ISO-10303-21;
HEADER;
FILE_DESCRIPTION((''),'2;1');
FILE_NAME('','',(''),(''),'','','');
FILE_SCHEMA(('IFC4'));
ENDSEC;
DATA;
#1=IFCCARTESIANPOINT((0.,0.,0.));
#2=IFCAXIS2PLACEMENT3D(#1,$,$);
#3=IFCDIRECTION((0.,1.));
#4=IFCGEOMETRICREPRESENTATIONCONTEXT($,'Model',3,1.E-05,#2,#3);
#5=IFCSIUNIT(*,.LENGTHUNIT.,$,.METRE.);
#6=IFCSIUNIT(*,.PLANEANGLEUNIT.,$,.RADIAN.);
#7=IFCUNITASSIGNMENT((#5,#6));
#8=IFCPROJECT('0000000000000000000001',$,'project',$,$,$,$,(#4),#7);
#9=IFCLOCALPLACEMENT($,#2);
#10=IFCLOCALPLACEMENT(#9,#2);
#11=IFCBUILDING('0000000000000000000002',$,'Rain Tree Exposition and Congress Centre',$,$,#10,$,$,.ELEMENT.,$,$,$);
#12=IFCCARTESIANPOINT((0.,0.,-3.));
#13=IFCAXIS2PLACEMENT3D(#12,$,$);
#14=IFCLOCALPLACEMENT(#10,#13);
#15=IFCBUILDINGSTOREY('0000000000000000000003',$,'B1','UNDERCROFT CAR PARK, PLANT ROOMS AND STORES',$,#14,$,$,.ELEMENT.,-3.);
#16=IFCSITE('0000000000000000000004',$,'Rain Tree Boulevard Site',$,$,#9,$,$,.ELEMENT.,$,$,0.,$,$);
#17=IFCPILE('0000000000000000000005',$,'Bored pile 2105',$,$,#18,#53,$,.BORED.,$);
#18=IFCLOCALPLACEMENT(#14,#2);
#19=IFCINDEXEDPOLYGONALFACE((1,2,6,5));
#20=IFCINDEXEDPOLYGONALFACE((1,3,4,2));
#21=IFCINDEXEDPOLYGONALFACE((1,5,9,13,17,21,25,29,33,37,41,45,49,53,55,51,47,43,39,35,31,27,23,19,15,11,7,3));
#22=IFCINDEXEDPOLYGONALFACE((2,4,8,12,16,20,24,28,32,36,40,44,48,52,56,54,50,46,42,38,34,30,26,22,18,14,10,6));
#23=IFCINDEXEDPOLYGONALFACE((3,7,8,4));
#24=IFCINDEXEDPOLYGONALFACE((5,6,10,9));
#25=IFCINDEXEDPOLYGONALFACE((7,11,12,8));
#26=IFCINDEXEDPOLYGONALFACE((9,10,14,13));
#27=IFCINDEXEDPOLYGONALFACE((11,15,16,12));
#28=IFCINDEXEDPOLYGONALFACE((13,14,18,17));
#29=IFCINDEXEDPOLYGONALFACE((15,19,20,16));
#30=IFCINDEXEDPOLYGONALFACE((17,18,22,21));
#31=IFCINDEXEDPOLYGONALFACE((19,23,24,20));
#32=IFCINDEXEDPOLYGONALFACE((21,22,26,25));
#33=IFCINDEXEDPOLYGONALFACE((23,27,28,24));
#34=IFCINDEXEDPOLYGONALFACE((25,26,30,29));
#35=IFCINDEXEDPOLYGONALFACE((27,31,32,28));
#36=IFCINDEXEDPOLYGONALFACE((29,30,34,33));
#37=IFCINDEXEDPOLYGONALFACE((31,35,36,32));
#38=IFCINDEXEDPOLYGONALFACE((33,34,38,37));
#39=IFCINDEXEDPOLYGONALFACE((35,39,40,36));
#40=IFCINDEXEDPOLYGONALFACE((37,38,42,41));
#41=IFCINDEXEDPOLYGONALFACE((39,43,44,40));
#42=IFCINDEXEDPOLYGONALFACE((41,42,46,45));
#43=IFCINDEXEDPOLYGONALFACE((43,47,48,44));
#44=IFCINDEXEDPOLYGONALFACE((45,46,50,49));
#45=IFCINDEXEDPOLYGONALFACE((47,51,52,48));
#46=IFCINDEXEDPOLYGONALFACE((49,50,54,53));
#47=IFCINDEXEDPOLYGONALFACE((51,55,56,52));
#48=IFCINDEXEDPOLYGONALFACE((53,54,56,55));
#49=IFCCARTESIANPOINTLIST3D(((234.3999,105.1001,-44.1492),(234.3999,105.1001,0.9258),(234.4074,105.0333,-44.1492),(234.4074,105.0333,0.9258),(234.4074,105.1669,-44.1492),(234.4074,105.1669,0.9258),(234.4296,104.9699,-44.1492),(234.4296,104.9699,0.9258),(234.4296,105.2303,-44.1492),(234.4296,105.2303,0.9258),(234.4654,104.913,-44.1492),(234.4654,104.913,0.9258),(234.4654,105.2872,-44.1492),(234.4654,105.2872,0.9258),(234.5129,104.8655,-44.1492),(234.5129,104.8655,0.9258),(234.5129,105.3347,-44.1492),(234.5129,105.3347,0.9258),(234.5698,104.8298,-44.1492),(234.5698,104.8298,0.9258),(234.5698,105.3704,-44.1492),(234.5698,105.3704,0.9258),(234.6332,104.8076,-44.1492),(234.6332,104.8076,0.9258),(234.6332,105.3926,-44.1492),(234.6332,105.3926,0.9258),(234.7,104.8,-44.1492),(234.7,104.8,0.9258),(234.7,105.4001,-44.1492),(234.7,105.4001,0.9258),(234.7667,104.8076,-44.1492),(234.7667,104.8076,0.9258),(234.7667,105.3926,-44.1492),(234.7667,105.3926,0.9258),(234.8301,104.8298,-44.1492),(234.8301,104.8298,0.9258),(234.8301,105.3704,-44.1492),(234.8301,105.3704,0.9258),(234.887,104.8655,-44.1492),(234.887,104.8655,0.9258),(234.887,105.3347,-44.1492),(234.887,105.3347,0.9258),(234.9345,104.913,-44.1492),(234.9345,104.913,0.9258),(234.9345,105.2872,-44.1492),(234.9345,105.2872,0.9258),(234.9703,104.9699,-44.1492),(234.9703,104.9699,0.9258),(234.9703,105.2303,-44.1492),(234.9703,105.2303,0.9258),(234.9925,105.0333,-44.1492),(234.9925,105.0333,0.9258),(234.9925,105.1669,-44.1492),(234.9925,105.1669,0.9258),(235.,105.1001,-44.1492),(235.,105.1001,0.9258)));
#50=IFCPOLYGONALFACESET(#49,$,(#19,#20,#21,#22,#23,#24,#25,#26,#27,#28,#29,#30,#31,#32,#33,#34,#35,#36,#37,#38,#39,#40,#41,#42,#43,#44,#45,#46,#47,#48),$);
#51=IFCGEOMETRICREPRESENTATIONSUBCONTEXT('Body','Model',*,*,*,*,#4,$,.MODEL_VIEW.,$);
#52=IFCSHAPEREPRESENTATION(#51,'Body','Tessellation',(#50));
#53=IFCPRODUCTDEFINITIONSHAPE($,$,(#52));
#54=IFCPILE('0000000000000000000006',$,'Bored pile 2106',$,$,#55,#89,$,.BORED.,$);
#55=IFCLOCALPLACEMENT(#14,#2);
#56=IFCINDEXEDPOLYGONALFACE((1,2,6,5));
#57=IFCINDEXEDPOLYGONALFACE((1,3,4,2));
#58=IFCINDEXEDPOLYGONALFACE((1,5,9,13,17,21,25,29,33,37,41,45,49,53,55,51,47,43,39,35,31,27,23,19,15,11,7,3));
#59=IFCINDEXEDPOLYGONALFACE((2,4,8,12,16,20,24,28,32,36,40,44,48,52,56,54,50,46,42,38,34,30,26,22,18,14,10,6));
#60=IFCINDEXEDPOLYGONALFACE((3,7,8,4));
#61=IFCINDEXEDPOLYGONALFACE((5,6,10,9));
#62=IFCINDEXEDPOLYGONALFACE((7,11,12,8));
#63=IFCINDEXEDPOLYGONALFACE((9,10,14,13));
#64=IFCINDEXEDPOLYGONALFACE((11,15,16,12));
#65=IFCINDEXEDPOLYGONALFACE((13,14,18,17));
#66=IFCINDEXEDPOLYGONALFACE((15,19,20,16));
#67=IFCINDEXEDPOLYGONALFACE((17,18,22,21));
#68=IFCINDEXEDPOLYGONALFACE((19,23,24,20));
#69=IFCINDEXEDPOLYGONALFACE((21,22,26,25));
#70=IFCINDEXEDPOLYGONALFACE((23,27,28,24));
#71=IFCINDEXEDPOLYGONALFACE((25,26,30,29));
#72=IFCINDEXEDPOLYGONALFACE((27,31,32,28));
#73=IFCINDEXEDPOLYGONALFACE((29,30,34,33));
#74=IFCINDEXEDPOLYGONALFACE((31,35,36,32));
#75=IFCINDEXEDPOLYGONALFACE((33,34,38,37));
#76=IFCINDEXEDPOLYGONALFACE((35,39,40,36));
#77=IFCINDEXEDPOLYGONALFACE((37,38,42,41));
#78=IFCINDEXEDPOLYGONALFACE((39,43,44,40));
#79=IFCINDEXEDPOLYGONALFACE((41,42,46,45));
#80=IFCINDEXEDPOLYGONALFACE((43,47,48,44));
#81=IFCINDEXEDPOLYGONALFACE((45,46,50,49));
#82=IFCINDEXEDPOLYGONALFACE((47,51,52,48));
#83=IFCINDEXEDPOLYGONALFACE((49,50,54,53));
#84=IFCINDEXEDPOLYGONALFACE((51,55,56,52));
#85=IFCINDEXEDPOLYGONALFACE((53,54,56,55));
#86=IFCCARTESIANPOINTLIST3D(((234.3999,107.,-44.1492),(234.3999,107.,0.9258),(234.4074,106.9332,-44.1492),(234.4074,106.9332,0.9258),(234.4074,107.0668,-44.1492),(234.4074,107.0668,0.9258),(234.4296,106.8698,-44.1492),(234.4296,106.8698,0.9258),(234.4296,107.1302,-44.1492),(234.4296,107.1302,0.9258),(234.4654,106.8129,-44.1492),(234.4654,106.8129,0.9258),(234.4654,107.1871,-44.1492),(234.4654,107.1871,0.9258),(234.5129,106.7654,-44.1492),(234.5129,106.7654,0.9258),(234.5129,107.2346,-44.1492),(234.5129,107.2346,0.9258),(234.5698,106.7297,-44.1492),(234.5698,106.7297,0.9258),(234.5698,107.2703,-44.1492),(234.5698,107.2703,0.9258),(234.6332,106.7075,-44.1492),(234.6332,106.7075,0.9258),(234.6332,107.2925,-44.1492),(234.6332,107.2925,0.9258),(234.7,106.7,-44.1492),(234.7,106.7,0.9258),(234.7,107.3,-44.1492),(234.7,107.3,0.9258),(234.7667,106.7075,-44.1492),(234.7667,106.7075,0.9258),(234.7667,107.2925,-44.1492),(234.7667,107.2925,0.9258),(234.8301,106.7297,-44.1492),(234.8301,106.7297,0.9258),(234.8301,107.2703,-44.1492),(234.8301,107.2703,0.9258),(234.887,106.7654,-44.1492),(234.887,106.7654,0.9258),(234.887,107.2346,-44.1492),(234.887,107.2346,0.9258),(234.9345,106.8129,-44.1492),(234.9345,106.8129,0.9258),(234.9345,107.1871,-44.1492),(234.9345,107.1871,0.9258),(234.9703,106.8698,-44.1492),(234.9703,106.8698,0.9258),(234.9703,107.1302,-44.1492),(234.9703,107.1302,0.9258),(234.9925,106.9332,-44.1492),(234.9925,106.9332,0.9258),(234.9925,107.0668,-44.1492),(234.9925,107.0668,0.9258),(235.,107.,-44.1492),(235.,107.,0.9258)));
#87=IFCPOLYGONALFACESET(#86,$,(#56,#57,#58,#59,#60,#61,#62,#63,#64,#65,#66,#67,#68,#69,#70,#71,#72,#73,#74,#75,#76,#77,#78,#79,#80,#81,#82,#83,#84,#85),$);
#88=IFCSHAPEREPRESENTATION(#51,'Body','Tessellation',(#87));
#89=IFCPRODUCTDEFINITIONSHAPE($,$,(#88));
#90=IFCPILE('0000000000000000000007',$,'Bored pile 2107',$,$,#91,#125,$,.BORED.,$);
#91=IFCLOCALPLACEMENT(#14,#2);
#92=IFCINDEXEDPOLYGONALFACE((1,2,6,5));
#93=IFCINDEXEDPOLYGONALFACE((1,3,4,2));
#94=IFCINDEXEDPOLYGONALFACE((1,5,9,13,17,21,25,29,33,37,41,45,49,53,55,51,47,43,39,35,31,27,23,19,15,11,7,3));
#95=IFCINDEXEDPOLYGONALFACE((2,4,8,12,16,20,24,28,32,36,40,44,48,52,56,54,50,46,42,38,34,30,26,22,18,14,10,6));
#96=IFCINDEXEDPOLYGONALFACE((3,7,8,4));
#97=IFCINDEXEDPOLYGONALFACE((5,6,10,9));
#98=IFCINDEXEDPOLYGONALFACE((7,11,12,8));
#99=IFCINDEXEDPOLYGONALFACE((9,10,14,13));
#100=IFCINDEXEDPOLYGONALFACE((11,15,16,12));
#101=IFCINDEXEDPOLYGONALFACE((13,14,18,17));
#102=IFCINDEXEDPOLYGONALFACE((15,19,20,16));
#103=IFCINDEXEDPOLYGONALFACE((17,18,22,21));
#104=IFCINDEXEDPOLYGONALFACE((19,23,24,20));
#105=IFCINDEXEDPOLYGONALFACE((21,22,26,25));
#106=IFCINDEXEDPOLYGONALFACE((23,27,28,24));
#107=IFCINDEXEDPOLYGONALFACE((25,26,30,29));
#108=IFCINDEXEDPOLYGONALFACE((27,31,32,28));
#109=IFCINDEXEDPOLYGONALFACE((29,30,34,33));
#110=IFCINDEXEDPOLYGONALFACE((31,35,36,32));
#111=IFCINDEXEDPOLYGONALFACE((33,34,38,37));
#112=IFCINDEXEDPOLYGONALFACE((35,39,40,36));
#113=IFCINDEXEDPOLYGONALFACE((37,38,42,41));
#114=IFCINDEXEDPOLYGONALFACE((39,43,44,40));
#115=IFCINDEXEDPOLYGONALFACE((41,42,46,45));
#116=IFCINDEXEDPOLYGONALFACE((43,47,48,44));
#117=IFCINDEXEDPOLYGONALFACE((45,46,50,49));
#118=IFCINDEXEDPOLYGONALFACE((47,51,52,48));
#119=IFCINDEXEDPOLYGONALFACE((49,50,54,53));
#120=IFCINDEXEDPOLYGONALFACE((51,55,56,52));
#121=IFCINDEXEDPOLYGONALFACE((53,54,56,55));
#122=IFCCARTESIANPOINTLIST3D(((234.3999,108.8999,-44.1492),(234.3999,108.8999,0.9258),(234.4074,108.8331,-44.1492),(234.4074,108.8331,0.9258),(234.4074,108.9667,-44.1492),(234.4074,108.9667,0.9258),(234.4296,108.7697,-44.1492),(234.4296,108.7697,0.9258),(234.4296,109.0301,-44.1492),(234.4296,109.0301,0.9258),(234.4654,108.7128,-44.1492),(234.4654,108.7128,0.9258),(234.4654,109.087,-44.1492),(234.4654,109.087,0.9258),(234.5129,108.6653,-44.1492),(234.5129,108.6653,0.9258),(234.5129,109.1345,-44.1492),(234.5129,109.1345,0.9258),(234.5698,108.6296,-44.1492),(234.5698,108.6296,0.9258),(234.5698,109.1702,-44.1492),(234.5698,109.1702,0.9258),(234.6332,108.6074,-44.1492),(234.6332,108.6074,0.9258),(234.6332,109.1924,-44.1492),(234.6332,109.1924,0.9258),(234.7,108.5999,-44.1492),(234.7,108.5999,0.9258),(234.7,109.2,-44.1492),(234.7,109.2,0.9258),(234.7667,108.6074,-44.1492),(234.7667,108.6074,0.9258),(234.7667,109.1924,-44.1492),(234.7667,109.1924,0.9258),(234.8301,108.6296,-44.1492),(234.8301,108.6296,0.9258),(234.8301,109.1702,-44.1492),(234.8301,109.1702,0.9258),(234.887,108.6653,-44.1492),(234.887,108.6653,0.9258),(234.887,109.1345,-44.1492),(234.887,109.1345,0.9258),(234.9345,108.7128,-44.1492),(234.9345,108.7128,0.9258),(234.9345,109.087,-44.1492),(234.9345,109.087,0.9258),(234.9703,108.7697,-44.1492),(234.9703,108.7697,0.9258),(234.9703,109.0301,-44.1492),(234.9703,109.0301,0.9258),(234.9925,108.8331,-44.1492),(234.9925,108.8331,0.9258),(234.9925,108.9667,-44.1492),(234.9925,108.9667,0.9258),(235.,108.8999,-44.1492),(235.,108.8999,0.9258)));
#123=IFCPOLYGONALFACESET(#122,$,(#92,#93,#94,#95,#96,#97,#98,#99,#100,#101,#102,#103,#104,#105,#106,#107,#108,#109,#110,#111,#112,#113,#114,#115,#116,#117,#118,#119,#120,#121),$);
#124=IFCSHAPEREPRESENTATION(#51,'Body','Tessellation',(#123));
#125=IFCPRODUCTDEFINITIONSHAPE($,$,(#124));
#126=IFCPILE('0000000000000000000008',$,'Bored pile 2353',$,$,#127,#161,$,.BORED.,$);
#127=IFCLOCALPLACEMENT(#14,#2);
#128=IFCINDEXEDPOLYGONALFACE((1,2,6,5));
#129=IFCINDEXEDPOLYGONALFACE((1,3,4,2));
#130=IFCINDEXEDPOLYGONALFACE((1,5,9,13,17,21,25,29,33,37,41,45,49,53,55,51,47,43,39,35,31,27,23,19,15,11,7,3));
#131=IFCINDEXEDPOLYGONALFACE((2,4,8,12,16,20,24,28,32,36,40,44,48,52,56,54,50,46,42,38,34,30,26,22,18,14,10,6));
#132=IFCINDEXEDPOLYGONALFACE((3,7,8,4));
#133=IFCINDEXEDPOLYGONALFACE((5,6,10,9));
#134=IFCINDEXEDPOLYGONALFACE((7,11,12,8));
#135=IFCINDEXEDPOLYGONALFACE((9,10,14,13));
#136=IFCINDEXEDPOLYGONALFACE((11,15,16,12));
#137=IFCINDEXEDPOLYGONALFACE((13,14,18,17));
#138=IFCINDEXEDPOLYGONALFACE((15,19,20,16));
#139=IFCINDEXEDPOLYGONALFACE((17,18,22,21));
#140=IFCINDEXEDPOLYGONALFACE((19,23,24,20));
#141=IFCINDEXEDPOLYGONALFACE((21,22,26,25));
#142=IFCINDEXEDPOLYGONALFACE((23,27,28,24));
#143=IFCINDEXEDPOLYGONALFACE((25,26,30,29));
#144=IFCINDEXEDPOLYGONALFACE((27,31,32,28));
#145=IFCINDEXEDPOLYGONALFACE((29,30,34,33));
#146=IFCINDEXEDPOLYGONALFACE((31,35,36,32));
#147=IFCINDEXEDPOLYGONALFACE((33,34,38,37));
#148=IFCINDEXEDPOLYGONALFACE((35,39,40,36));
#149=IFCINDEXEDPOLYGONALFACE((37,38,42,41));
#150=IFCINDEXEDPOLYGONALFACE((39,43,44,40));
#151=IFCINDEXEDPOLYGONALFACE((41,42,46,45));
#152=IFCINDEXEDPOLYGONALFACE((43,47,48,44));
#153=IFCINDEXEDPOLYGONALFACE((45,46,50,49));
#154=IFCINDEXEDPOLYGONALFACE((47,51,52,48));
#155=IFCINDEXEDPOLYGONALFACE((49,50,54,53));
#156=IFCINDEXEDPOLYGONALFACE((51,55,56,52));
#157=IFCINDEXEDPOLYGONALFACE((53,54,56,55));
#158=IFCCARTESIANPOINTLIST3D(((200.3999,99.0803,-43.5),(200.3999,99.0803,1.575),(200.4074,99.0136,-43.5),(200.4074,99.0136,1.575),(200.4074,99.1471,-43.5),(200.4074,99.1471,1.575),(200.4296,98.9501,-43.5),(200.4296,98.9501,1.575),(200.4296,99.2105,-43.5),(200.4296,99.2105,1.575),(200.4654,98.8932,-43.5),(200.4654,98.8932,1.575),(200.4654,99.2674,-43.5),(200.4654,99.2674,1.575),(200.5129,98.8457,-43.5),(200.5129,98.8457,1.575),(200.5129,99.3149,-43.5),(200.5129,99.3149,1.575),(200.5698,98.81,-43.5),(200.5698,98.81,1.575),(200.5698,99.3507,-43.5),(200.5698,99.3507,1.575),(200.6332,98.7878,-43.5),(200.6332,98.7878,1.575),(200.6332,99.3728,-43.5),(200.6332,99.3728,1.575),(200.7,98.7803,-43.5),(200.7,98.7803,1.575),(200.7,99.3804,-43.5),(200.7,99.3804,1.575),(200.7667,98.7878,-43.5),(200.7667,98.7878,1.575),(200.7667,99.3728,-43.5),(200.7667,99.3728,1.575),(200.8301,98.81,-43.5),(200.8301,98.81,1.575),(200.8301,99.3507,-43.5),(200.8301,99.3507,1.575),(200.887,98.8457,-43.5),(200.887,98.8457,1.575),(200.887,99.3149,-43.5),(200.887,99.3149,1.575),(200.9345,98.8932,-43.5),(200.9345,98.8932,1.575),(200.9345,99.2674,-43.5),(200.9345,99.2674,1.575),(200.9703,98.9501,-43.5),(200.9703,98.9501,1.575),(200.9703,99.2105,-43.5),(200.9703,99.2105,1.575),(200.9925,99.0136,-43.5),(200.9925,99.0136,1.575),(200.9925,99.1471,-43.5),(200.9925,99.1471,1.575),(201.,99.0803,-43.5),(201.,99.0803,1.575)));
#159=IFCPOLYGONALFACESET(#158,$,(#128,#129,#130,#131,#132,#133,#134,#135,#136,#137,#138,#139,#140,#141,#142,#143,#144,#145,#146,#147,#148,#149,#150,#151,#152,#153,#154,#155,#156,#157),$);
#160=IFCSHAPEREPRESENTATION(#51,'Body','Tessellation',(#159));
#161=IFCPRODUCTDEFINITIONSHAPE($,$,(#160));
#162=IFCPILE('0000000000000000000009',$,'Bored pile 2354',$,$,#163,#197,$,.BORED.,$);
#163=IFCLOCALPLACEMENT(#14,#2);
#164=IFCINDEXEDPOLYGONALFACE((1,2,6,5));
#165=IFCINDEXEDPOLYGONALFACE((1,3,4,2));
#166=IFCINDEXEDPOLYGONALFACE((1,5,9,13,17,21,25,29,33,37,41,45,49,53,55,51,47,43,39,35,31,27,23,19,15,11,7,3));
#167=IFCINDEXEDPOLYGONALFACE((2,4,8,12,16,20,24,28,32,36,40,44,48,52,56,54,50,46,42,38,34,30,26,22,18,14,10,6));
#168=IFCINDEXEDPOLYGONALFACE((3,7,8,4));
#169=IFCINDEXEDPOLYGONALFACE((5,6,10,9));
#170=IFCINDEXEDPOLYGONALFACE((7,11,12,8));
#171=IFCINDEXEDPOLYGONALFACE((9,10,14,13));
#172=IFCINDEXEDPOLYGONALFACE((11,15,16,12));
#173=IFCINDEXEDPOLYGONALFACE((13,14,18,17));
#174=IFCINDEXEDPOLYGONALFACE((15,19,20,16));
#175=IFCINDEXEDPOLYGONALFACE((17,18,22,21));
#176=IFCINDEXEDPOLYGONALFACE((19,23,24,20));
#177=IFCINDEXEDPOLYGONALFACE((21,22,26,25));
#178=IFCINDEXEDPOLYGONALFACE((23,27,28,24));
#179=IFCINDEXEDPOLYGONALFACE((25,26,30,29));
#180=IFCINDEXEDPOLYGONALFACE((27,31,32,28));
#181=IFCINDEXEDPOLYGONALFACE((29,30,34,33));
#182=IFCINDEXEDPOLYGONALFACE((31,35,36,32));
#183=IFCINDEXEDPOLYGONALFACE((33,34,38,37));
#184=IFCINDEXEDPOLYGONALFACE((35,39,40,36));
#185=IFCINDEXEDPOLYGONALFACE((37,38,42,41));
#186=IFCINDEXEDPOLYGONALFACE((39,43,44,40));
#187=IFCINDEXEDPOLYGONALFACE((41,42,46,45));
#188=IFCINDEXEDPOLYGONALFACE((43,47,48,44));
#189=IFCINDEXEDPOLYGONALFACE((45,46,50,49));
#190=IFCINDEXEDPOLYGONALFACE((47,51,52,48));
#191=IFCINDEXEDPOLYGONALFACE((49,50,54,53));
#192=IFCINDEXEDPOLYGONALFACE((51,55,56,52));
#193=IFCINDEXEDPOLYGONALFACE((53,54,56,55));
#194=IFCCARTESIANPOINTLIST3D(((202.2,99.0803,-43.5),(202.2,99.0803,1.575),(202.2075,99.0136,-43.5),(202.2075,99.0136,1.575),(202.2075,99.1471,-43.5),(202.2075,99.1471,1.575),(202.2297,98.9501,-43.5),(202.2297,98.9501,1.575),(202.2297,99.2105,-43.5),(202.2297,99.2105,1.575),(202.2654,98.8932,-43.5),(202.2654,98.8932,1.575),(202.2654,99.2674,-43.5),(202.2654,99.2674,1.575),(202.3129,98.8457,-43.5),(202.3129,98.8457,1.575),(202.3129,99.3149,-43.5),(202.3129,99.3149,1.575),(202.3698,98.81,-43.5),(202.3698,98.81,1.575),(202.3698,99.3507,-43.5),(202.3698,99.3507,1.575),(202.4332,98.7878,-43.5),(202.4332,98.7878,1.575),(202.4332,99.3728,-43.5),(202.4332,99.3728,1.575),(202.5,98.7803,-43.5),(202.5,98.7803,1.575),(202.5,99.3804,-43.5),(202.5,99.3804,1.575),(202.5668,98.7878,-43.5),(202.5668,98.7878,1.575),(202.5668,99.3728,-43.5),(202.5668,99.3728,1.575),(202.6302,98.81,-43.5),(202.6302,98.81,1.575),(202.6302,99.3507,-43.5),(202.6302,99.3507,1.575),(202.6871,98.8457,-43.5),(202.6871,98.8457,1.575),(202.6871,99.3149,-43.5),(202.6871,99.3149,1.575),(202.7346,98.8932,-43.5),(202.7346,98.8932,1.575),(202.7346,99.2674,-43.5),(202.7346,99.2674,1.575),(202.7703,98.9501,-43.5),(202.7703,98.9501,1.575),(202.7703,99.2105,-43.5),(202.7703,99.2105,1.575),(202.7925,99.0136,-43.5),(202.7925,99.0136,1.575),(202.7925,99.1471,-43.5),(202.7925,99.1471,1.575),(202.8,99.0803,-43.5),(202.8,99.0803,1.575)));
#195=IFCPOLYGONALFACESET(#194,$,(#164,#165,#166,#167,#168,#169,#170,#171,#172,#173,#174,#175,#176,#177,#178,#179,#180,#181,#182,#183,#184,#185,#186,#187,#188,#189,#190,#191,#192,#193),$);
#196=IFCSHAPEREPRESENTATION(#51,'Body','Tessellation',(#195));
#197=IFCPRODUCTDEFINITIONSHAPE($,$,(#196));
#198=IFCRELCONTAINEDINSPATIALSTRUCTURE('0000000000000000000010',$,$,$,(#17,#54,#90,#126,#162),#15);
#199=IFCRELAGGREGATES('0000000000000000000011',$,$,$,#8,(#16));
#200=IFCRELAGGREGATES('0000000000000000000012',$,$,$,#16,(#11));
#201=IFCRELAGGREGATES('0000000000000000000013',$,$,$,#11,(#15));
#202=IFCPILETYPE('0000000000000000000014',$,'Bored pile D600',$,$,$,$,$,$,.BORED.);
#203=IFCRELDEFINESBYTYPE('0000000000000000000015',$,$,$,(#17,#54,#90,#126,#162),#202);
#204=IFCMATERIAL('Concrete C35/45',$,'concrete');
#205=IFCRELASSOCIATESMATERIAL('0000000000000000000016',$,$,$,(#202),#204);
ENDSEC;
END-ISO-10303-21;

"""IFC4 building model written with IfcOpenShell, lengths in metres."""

from ifc_helpers import new_model, si_unit, direction, frame, origin, origin_2d, place, context, subcontext, project, spatial, circle, extrude, material, material_profile, profile_set, type_object, element, save


model = new_model("IFC4")

# Units and contexts
model_context = context("Model", 3, precision=1e-05, world=origin(), true_north=direction((0.0, 1.0)))
body_context = subcontext(model_context, "Body", "Model", "MODEL_VIEW")
ifc_project = project(units=[si_unit("LENGTHUNIT", "METRE"), si_unit("PLANEANGLEUNIT", "RADIAN")], contexts=[model_context])

# Site, building, storey
site_placement = place(None, origin())
site = spatial("IfcSite", under=ifc_project, at=site_placement, Name="Rain Tree Boulevard Site", CompositionType="ELEMENT", RefElevation=0.0)
building_placement = place(site_placement, origin())
building = spatial("IfcBuilding", under=site, at=building_placement, Name="Rain Tree Exposition and Congress Centre", CompositionType="ELEMENT")
storey_placement = place(building_placement, frame((0.0, 0.0, -3.0)))
storey = spatial("IfcBuildingStorey", under=building, at=storey_placement, Name="B1", Description="UNDERCROFT CAR PARK, PLANT ROOMS AND STORES", CompositionType="ELEMENT", Elevation=-3.0)

# Piles
ifc_material_1 = material(Name="Concrete C35/45", Category="concrete")
ifc_material_profile_1 = material_profile(ifc_material_1, circle(Radius=0.3, at=origin_2d()), Name="D600")
ifc_profile_set_1 = profile_set([ifc_material_profile_1], Name="Concrete C35/45")
pile_type_1 = type_object("IfcPileType", Name="Bored pile D600", PredefinedType="BORED", material=ifc_profile_set_1)
for number, where, z_axis, x_axis, name in (
    (1, (234.7, 105.1001, 0.9258), (0.0, 0.0, -1.0), (1.0, 0.0, 0.0), "Bored pile 2105"),
    (2, (234.7, 107.0, 0.9258), (0.0, 0.0, -1.0), (1.0, 0.0, 0.0), "Bored pile 2106"),
    (3, (234.7, 108.8999, 0.9258), (0.0, 0.0, -1.0), (1.0, 0.0, 0.0), "Bored pile 2107"),
    (4, (200.7, 99.0803, 1.575), (0.0, 0.0, -1.0), (1.0, 0.0, 0.0), "Bored pile 2353"),
    (5, (202.5, 99.0803, 1.575), (0.0, 0.0, -1.0), (1.0, 0.0, 0.0), "Bored pile 2354"),
):
    element("IfcPile", number, at=place(storey_placement, frame(where, z_axis=z_axis, x_axis=x_axis)), inside=storey, type_object=pile_type_1, Name=name, PredefinedType="BORED", context=body_context, shape_type="SweptSolid", body=[
        extrude(circle(Radius=0.3, at=origin_2d()), origin(), (0.0, 0.0, 1.0), 45.075),
    ])

save(model, "model.ifc")
